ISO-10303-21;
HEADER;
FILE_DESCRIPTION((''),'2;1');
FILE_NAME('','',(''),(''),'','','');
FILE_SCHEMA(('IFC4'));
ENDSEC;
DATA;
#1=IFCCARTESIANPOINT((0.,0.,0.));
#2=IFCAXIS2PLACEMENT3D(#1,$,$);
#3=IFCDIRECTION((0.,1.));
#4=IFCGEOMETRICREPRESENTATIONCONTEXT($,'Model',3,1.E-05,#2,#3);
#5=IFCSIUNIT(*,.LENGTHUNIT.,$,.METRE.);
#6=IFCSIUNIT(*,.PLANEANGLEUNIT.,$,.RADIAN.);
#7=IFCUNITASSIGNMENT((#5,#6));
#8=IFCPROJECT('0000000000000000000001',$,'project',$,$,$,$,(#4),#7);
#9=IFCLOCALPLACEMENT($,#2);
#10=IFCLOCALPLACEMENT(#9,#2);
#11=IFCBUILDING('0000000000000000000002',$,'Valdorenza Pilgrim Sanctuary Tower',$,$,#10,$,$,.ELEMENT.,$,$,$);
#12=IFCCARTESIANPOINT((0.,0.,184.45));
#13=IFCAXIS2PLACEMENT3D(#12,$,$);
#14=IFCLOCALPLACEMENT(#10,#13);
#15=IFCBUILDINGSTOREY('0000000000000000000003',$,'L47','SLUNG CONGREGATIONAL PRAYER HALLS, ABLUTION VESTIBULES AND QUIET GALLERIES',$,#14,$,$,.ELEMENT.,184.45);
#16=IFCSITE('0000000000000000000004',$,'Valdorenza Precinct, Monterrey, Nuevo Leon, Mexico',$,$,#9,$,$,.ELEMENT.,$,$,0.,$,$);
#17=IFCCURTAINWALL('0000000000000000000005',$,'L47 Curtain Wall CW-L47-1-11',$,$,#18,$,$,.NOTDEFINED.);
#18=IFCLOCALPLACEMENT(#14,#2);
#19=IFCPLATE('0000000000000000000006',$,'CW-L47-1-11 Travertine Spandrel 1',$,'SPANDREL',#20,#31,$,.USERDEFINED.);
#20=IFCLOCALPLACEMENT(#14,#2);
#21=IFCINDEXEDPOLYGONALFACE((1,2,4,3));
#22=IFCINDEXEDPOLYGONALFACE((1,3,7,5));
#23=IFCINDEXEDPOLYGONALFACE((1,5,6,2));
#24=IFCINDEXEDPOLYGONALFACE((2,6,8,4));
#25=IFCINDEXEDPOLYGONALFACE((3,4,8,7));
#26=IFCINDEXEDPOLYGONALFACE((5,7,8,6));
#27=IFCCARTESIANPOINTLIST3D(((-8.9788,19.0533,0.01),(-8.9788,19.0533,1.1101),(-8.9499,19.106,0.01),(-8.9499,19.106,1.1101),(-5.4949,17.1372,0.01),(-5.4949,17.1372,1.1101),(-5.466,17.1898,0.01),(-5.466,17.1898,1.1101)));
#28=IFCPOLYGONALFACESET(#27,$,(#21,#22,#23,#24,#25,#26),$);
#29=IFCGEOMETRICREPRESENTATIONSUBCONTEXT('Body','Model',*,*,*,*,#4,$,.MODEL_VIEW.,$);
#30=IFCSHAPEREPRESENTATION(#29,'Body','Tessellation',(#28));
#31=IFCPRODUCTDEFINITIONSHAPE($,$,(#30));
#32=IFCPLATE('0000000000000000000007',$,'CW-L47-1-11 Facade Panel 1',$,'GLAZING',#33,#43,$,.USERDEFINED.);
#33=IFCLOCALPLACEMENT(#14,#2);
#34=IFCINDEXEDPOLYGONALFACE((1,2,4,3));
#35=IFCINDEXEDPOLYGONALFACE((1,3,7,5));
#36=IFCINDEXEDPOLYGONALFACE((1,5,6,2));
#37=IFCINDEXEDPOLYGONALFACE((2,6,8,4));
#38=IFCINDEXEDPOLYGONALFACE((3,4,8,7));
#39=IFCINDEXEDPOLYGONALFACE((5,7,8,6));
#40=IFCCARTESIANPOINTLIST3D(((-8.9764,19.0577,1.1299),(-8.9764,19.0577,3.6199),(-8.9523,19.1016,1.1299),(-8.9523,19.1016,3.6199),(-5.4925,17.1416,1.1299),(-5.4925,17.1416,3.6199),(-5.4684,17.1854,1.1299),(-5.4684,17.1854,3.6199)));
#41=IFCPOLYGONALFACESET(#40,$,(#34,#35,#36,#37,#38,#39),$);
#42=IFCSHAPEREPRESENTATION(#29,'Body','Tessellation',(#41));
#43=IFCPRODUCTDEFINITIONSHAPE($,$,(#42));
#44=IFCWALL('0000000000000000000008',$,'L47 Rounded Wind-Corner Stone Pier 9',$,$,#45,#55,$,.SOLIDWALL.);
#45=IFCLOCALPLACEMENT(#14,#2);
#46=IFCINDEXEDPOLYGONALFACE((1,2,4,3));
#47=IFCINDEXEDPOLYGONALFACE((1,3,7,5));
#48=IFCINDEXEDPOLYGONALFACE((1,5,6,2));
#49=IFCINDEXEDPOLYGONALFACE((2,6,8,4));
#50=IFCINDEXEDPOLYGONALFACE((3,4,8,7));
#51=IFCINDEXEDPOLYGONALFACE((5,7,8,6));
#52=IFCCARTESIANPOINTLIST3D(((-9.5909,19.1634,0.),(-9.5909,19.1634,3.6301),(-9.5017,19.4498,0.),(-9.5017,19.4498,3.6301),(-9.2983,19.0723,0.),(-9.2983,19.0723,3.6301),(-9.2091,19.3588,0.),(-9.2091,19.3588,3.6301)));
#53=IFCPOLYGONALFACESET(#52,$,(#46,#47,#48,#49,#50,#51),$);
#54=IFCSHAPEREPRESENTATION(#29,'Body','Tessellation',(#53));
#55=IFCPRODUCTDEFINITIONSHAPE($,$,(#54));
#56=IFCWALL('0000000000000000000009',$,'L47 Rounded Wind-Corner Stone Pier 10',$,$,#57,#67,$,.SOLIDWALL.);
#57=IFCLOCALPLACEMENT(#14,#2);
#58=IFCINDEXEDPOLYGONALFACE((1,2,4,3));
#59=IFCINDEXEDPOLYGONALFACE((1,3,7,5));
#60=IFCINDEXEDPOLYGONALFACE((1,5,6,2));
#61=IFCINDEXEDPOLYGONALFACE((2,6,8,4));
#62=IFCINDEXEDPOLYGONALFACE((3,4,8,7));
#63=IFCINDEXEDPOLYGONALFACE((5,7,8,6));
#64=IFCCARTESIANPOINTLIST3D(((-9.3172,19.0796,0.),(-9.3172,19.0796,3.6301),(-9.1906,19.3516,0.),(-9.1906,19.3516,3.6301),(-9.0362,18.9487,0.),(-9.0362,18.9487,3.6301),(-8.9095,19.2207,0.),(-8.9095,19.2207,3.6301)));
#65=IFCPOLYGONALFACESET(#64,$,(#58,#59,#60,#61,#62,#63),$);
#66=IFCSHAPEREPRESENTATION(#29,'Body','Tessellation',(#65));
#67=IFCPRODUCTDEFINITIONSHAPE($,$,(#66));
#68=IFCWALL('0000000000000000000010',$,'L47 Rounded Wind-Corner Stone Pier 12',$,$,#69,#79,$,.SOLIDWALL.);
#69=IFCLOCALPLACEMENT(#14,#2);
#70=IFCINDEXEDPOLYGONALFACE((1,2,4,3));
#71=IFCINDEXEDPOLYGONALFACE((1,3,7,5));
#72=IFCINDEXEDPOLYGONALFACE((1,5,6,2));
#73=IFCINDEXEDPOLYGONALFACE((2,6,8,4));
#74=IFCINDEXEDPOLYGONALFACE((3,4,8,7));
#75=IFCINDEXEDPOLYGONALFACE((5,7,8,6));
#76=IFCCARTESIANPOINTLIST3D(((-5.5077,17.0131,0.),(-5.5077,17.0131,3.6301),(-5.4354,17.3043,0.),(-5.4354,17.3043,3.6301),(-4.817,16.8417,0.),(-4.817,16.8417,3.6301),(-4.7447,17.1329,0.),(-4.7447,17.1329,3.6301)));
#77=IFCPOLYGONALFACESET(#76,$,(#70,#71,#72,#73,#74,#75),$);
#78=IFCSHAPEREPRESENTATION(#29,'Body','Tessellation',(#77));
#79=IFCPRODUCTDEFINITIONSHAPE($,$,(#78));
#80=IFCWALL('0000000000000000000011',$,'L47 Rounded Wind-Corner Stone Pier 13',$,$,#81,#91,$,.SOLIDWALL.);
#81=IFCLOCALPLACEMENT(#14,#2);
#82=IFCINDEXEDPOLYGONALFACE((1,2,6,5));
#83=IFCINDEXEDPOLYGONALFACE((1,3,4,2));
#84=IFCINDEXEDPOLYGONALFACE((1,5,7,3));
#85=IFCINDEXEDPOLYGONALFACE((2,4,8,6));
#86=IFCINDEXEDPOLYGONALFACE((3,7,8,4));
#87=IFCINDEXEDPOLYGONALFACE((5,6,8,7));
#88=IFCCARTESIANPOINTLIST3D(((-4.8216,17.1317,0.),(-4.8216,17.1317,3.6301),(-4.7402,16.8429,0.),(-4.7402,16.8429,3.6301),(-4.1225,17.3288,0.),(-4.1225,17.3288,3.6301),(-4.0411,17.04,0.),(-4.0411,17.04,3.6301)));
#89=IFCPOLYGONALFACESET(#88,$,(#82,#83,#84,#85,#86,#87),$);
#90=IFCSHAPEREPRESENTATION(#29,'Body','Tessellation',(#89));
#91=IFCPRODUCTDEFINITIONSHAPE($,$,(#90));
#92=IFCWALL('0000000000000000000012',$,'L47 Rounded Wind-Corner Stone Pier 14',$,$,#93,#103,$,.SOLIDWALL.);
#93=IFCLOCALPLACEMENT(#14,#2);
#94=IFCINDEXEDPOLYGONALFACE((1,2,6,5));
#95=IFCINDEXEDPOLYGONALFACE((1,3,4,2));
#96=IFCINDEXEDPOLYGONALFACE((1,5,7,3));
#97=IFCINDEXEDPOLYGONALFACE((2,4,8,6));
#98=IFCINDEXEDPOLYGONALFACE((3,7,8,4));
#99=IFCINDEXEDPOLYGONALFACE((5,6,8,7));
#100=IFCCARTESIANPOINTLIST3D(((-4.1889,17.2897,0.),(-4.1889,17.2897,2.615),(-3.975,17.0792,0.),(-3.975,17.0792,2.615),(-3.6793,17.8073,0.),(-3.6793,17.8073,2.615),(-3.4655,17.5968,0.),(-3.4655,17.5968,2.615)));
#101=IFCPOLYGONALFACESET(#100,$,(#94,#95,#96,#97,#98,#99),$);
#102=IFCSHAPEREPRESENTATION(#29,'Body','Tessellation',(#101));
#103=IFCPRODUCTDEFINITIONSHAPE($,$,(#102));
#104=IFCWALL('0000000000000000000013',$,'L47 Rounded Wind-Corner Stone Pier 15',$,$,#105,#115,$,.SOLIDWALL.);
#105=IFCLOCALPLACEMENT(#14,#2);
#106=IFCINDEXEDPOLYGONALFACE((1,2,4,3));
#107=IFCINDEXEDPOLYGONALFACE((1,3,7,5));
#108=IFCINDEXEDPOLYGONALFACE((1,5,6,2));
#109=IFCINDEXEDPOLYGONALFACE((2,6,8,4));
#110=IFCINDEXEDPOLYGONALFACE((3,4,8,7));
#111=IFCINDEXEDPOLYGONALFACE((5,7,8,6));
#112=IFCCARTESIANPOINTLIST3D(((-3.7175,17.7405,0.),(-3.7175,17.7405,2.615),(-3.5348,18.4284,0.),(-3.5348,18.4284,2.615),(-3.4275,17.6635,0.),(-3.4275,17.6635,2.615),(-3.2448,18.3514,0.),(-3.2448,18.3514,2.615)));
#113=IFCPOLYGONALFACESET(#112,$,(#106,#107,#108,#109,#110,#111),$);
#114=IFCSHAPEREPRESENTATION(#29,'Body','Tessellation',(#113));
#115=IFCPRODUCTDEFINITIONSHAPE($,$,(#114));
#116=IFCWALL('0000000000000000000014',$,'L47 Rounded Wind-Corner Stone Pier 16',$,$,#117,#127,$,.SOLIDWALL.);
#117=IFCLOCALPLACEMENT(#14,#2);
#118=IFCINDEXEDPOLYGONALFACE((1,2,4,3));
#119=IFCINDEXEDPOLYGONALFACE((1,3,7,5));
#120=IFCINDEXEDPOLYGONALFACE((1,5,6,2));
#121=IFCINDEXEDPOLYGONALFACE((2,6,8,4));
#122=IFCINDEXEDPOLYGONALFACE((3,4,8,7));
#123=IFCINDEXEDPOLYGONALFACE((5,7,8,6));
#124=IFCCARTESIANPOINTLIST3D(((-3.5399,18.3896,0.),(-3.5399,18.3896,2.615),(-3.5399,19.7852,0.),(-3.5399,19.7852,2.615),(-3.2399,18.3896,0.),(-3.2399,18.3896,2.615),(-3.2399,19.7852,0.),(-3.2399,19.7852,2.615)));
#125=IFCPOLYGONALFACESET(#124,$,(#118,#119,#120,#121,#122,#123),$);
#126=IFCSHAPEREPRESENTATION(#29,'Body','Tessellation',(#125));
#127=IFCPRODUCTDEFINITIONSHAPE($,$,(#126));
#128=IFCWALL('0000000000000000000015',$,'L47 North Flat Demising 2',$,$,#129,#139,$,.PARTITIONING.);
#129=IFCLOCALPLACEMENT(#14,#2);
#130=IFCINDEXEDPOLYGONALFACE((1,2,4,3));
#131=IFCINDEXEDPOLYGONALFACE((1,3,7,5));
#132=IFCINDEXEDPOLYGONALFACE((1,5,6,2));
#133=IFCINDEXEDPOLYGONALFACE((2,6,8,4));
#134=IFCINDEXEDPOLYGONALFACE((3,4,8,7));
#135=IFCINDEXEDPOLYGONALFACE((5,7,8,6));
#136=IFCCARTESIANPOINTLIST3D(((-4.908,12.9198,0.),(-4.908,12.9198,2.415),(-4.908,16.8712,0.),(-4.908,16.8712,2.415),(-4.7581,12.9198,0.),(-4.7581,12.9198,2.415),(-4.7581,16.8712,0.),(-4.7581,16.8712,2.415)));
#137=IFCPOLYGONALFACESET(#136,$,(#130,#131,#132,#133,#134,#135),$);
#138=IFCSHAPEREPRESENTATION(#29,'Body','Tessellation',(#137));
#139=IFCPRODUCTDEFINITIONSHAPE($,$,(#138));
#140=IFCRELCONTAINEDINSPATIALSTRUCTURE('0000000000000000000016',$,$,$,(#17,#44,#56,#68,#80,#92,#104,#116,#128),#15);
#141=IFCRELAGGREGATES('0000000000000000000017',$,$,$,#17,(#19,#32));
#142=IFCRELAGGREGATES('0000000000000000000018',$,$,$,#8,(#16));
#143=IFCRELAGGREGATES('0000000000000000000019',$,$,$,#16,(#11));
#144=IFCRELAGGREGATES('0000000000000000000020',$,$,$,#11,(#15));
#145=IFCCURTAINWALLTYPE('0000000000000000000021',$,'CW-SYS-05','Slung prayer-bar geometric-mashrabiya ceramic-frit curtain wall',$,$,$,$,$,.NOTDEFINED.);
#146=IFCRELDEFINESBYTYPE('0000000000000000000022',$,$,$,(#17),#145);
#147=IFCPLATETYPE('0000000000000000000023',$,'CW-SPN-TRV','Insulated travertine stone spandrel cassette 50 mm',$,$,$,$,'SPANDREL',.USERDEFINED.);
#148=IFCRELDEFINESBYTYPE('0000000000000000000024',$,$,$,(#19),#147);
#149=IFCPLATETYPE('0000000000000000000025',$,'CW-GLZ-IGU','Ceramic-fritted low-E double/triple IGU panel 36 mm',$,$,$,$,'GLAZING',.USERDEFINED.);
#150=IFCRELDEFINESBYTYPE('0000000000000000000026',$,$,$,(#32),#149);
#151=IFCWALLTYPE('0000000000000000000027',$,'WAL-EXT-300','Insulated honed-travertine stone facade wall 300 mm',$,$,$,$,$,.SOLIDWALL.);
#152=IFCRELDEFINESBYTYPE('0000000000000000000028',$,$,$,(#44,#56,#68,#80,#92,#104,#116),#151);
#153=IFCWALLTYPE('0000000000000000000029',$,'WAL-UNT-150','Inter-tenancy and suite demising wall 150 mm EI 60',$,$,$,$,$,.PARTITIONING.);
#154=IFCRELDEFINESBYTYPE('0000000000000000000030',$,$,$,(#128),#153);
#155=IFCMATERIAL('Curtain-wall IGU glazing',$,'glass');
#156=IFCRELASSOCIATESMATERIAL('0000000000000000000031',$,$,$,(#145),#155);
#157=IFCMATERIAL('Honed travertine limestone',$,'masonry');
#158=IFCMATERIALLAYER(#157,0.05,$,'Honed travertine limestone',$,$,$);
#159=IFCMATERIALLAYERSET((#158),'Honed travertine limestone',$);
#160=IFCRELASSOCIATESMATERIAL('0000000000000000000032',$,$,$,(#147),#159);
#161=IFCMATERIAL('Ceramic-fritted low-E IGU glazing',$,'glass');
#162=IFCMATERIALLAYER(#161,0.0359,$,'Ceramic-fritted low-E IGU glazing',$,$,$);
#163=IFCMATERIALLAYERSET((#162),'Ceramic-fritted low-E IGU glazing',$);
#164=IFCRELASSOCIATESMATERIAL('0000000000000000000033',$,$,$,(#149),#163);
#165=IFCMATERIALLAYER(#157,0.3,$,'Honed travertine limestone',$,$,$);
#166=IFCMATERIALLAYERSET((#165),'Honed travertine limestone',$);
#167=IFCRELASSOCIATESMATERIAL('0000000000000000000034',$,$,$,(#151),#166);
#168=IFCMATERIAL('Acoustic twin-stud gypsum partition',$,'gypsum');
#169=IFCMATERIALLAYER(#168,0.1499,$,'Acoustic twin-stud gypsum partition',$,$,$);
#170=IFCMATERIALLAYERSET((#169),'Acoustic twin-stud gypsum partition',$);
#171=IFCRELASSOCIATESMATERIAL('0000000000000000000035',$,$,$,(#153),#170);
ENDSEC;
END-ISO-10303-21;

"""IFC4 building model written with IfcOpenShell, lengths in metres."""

from ifc_helpers import new_model, si_unit, direction, frame, frame_2d, origin, origin_2d, place, context, subcontext, project, spatial, rectangle, extrude, source, transform, mapped, material, layer, layer_set, type_object, element, aggregate, save


model = new_model("IFC4")

# Units and contexts
model_context = context("Model", 3, precision=1e-05, world=origin(), true_north=direction((0.0, 1.0)))
body_context = subcontext(model_context, "Body", "Model", "MODEL_VIEW")
ifc_project = project(units=[si_unit("LENGTHUNIT", "METRE"), si_unit("PLANEANGLEUNIT", "RADIAN")], contexts=[model_context])

# Site, building, storey
site_placement = place(None, origin())
site = spatial("IfcSite", under=ifc_project, at=site_placement, Name="Valdorenza Precinct, Monterrey, Nuevo Leon, Mexico", CompositionType="ELEMENT", RefElevation=0.0)
building_placement = place(site_placement, origin())
building = spatial("IfcBuilding", under=site, at=building_placement, Name="Valdorenza Pilgrim Sanctuary Tower", CompositionType="ELEMENT")
storey_placement = place(building_placement, frame((0.0, 0.0, 184.45)))
storey = spatial("IfcBuildingStorey", under=building, at=storey_placement, Name="L47", Description="SLUNG CONGREGATIONAL PRAYER HALLS, ABLUTION VESTIBULES AND QUIET GALLERIES", CompositionType="ELEMENT", Elevation=184.45)

# Curtain wall
ifc_material_1 = material(Name="Curtain-wall IGU glazing", Category="glass")
curtain_wall_type = type_object("IfcCurtainWallType", Name="CW-SYS-05", Description="Slung prayer-bar geometric-mashrabiya ceramic-frit curtain wall", PredefinedType="NOTDEFINED", material=ifc_material_1)
curtain_wall_placement = place(storey_placement, origin())
curtain_wall = element("IfcCurtainWall", 1, at=curtain_wall_placement, inside=storey, type_object=curtain_wall_type, Name="L47 Curtain Wall CW-L47-1-11", PredefinedType="NOTDEFINED")

# Plates
ifc_material_2 = material(Name="Honed travertine limestone", Category="masonry")
ifc_layer_1 = layer(ifc_material_2, 0.05, Name="Honed travertine limestone")
ifc_layer_set_1 = layer_set([ifc_layer_1], Name="Honed travertine limestone")
plate_type_1 = type_object("IfcPlateType", Name="CW-SPN-TRV", Description="Insulated travertine stone spandrel cassette 50 mm", ElementType="SPANDREL", PredefinedType="USERDEFINED", material=ifc_layer_set_1)
shared_shape_1 = source(origin(), body_context, "Body", "SweptSolid", [
    extrude(rectangle(XDim=3.9761, YDim=0.0601, at=origin_2d()), origin(), (0.0, 0.0, 1.0), 1.1001),
])
plate_1_placement = place(storey_placement, frame((-7.2224, 18.1216, 0.01), z_axis=(0.0, 0.0, 1.0), x_axis=(0.876214, -0.481922, 0.0)))
plate_1 = element("IfcPlate", 2, at=plate_1_placement, type_object=plate_type_1, Name="CW-L47-1-11 Travertine Spandrel 1", ObjectType="SPANDREL", PredefinedType="USERDEFINED", context=body_context, shape_type="MappedRepresentation", body=[
    mapped(shared_shape_1, transform((0.0, 0.0, 0.0), x_axis=(1.0, 0.0, 0.0), y_axis=(0.0, 1.0, 0.0), z_axis=(0.0, 0.0, 1.0), scale=1.0)),
])
ifc_material_3 = material(Name="Ceramic-fritted low-E IGU glazing", Category="glass")
ifc_layer_2 = layer(ifc_material_3, 0.0359, Name="Ceramic-fritted low-E IGU glazing")
ifc_layer_set_2 = layer_set([ifc_layer_2], Name="Ceramic-fritted low-E IGU glazing")
plate_type_2 = type_object("IfcPlateType", Name="CW-GLZ-IGU", Description="Ceramic-fritted low-E double/triple IGU panel 36 mm", ElementType="GLAZING", PredefinedType="USERDEFINED", material=ifc_layer_set_2)
shared_shape_2 = source(origin(), body_context, "Body", "SweptSolid", [
    extrude(rectangle(XDim=3.9761, YDim=0.05, at=origin_2d()), origin(), (0.0, 0.0, 1.0), 2.49),
])
plate_2_placement = place(storey_placement, frame((-7.2224, 18.1216, 1.1299), z_axis=(0.0, 0.0, 1.0), x_axis=(0.876214, -0.481922, 0.0)))
plate_2 = element("IfcPlate", 3, at=plate_2_placement, type_object=plate_type_2, Name="CW-L47-1-11 Facade Panel 1", ObjectType="GLAZING", PredefinedType="USERDEFINED", context=body_context, shape_type="MappedRepresentation", body=[
    mapped(shared_shape_2, transform((0.0, 0.0, 0.0), x_axis=(1.0, 0.0, 0.0), y_axis=(0.0, 1.0, 0.0), z_axis=(0.0, 0.0, 1.0), scale=1.0)),
])
aggregate(curtain_wall, [plate_1, plate_2])

# Walls
ifc_layer_3 = layer(ifc_material_2, 0.3, Name="Honed travertine limestone")
ifc_layer_set_3 = layer_set([ifc_layer_3], Name="Honed travertine limestone")
wall_type_1 = type_object("IfcWallType", Name="WAL-EXT-300", Description="Insulated honed-travertine stone facade wall 300 mm", PredefinedType="SOLIDWALL", material=ifc_layer_set_3)
wall_1_placement = place(storey_placement, frame((-9.5464, 19.3066, 0.0), z_axis=(0.0, 0.0, 1.0), x_axis=(0.954791, -0.297276, 0.0)))
element("IfcWall", 4, at=wall_1_placement, inside=storey, type_object=wall_type_1, Name="L47 Rounded Wind-Corner Stone Pier 9", PredefinedType="SOLIDWALL", context=body_context, shape_type="SweptSolid", body=[
    extrude(rectangle(XDim=0.3064, YDim=0.3, at=frame_2d((0.1533, 0.0))), origin(), (0.0, 0.0, 1.0), 3.6301),
])
wall_2_placement = place(storey_placement, frame((-9.2539, 19.2156, 0.0), z_axis=(0.0, 0.0, 1.0), x_axis=(0.906525, -0.422152, 0.0)))
element("IfcWall", 5, at=wall_2_placement, inside=storey, type_object=wall_type_1, Name="L47 Rounded Wind-Corner Stone Pier 10", PredefinedType="SOLIDWALL", context=body_context, shape_type="SweptSolid", body=[
    extrude(rectangle(XDim=0.3101, YDim=0.3, at=frame_2d((0.155, 0.0))), origin(), (0.0, 0.0, 1.0), 3.6301),
])
wall_3_placement = place(storey_placement, frame((-5.4717, 17.1587, 0.0), z_axis=(0.0, 0.0, 1.0), x_axis=(0.970565, -0.24084, 0.0)))
element("IfcWall", 6, at=wall_3_placement, inside=storey, type_object=wall_type_1, Name="L47 Rounded Wind-Corner Stone Pier 12", PredefinedType="SOLIDWALL", context=body_context, shape_type="SweptSolid", body=[
    extrude(rectangle(XDim=0.7117, YDim=0.3, at=frame_2d((0.356, 0.0))), origin(), (0.0, 0.0, 1.0), 3.6301),
])
wall_4_placement = place(storey_placement, frame((-4.781, 16.9873, 0.0), z_axis=(0.0, 0.0, 1.0), x_axis=(0.962495, 0.2713, 0.0)))
element("IfcWall", 7, at=wall_4_placement, inside=storey, type_object=wall_type_1, Name="L47 Rounded Wind-Corner Stone Pier 13", PredefinedType="SOLIDWALL", context=body_context, shape_type="SweptSolid", body=[
    extrude(rectangle(XDim=0.7263, YDim=0.3, at=frame_2d((0.3633, 0.0))), origin(), (0.0, 0.0, 1.0), 3.6301),
])
wall_5_placement = place(storey_placement, frame((-4.082, 17.1843, 0.0), z_axis=(0.0, 0.0, 1.0), x_axis=(0.701539, 0.712631, 0.0)))
element("IfcWall", 8, at=wall_5_placement, inside=storey, type_object=wall_type_1, Name="L47 Rounded Wind-Corner Stone Pier 14", PredefinedType="SOLIDWALL", context=body_context, shape_type="SweptSolid", body=[
    extrude(rectangle(XDim=0.7263, YDim=0.3, at=frame_2d((0.3633, 0.0))), origin(), (0.0, 0.0, 1.0), 2.615),
])
wall_6_placement = place(storey_placement, frame((-3.5725, 17.7019, 0.0), z_axis=(0.0, 0.0, 1.0), x_axis=(0.256637, 0.966508, 0.0)))
element("IfcWall", 9, at=wall_6_placement, inside=storey, type_object=wall_type_1, Name="L47 Rounded Wind-Corner Stone Pier 15", PredefinedType="SOLIDWALL", context=body_context, shape_type="SweptSolid", body=[
    extrude(rectangle(XDim=0.7117, YDim=0.3, at=frame_2d((0.356, 0.0))), origin(), (0.0, 0.0, 1.0), 2.615),
])
wall_7_placement = place(storey_placement, frame((-3.3899, 18.3896, 0.0), z_axis=(0.0, 0.0, 1.0), x_axis=(0.0, 1.0, 0.0)))
element("IfcWall", 10, at=wall_7_placement, inside=storey, type_object=wall_type_1, Name="L47 Rounded Wind-Corner Stone Pier 16", PredefinedType="SOLIDWALL", context=body_context, shape_type="SweptSolid", body=[
    extrude(rectangle(XDim=1.3955, YDim=0.3, at=frame_2d((0.6978, 0.0))), origin(), (0.0, 0.0, 1.0), 2.615),
])
ifc_material_4 = material(Name="Acoustic twin-stud gypsum partition", Category="gypsum")
ifc_layer_4 = layer(ifc_material_4, 0.1499, Name="Acoustic twin-stud gypsum partition")
ifc_layer_set_4 = layer_set([ifc_layer_4], Name="Acoustic twin-stud gypsum partition")
wall_type_2 = type_object("IfcWallType", Name="WAL-UNT-150", Description="Inter-tenancy and suite demising wall 150 mm EI 60", PredefinedType="PARTITIONING", material=ifc_layer_set_4)
wall_8_placement = place(storey_placement, frame((-4.833, 12.9199, 0.0), z_axis=(0.0, 0.0, 1.0), x_axis=(0.0, 1.0, 0.0)))
element("IfcWall", 11, at=wall_8_placement, inside=storey, type_object=wall_type_2, Name="L47 North Flat Demising 2", PredefinedType="PARTITIONING", context=body_context, shape_type="SweptSolid", body=[
    extrude(rectangle(XDim=3.9514, YDim=0.1499, at=frame_2d((1.9756, 0.0))), origin(), (0.0, 0.0, 1.0), 2.415),
])

save(model, "model.ifc")
